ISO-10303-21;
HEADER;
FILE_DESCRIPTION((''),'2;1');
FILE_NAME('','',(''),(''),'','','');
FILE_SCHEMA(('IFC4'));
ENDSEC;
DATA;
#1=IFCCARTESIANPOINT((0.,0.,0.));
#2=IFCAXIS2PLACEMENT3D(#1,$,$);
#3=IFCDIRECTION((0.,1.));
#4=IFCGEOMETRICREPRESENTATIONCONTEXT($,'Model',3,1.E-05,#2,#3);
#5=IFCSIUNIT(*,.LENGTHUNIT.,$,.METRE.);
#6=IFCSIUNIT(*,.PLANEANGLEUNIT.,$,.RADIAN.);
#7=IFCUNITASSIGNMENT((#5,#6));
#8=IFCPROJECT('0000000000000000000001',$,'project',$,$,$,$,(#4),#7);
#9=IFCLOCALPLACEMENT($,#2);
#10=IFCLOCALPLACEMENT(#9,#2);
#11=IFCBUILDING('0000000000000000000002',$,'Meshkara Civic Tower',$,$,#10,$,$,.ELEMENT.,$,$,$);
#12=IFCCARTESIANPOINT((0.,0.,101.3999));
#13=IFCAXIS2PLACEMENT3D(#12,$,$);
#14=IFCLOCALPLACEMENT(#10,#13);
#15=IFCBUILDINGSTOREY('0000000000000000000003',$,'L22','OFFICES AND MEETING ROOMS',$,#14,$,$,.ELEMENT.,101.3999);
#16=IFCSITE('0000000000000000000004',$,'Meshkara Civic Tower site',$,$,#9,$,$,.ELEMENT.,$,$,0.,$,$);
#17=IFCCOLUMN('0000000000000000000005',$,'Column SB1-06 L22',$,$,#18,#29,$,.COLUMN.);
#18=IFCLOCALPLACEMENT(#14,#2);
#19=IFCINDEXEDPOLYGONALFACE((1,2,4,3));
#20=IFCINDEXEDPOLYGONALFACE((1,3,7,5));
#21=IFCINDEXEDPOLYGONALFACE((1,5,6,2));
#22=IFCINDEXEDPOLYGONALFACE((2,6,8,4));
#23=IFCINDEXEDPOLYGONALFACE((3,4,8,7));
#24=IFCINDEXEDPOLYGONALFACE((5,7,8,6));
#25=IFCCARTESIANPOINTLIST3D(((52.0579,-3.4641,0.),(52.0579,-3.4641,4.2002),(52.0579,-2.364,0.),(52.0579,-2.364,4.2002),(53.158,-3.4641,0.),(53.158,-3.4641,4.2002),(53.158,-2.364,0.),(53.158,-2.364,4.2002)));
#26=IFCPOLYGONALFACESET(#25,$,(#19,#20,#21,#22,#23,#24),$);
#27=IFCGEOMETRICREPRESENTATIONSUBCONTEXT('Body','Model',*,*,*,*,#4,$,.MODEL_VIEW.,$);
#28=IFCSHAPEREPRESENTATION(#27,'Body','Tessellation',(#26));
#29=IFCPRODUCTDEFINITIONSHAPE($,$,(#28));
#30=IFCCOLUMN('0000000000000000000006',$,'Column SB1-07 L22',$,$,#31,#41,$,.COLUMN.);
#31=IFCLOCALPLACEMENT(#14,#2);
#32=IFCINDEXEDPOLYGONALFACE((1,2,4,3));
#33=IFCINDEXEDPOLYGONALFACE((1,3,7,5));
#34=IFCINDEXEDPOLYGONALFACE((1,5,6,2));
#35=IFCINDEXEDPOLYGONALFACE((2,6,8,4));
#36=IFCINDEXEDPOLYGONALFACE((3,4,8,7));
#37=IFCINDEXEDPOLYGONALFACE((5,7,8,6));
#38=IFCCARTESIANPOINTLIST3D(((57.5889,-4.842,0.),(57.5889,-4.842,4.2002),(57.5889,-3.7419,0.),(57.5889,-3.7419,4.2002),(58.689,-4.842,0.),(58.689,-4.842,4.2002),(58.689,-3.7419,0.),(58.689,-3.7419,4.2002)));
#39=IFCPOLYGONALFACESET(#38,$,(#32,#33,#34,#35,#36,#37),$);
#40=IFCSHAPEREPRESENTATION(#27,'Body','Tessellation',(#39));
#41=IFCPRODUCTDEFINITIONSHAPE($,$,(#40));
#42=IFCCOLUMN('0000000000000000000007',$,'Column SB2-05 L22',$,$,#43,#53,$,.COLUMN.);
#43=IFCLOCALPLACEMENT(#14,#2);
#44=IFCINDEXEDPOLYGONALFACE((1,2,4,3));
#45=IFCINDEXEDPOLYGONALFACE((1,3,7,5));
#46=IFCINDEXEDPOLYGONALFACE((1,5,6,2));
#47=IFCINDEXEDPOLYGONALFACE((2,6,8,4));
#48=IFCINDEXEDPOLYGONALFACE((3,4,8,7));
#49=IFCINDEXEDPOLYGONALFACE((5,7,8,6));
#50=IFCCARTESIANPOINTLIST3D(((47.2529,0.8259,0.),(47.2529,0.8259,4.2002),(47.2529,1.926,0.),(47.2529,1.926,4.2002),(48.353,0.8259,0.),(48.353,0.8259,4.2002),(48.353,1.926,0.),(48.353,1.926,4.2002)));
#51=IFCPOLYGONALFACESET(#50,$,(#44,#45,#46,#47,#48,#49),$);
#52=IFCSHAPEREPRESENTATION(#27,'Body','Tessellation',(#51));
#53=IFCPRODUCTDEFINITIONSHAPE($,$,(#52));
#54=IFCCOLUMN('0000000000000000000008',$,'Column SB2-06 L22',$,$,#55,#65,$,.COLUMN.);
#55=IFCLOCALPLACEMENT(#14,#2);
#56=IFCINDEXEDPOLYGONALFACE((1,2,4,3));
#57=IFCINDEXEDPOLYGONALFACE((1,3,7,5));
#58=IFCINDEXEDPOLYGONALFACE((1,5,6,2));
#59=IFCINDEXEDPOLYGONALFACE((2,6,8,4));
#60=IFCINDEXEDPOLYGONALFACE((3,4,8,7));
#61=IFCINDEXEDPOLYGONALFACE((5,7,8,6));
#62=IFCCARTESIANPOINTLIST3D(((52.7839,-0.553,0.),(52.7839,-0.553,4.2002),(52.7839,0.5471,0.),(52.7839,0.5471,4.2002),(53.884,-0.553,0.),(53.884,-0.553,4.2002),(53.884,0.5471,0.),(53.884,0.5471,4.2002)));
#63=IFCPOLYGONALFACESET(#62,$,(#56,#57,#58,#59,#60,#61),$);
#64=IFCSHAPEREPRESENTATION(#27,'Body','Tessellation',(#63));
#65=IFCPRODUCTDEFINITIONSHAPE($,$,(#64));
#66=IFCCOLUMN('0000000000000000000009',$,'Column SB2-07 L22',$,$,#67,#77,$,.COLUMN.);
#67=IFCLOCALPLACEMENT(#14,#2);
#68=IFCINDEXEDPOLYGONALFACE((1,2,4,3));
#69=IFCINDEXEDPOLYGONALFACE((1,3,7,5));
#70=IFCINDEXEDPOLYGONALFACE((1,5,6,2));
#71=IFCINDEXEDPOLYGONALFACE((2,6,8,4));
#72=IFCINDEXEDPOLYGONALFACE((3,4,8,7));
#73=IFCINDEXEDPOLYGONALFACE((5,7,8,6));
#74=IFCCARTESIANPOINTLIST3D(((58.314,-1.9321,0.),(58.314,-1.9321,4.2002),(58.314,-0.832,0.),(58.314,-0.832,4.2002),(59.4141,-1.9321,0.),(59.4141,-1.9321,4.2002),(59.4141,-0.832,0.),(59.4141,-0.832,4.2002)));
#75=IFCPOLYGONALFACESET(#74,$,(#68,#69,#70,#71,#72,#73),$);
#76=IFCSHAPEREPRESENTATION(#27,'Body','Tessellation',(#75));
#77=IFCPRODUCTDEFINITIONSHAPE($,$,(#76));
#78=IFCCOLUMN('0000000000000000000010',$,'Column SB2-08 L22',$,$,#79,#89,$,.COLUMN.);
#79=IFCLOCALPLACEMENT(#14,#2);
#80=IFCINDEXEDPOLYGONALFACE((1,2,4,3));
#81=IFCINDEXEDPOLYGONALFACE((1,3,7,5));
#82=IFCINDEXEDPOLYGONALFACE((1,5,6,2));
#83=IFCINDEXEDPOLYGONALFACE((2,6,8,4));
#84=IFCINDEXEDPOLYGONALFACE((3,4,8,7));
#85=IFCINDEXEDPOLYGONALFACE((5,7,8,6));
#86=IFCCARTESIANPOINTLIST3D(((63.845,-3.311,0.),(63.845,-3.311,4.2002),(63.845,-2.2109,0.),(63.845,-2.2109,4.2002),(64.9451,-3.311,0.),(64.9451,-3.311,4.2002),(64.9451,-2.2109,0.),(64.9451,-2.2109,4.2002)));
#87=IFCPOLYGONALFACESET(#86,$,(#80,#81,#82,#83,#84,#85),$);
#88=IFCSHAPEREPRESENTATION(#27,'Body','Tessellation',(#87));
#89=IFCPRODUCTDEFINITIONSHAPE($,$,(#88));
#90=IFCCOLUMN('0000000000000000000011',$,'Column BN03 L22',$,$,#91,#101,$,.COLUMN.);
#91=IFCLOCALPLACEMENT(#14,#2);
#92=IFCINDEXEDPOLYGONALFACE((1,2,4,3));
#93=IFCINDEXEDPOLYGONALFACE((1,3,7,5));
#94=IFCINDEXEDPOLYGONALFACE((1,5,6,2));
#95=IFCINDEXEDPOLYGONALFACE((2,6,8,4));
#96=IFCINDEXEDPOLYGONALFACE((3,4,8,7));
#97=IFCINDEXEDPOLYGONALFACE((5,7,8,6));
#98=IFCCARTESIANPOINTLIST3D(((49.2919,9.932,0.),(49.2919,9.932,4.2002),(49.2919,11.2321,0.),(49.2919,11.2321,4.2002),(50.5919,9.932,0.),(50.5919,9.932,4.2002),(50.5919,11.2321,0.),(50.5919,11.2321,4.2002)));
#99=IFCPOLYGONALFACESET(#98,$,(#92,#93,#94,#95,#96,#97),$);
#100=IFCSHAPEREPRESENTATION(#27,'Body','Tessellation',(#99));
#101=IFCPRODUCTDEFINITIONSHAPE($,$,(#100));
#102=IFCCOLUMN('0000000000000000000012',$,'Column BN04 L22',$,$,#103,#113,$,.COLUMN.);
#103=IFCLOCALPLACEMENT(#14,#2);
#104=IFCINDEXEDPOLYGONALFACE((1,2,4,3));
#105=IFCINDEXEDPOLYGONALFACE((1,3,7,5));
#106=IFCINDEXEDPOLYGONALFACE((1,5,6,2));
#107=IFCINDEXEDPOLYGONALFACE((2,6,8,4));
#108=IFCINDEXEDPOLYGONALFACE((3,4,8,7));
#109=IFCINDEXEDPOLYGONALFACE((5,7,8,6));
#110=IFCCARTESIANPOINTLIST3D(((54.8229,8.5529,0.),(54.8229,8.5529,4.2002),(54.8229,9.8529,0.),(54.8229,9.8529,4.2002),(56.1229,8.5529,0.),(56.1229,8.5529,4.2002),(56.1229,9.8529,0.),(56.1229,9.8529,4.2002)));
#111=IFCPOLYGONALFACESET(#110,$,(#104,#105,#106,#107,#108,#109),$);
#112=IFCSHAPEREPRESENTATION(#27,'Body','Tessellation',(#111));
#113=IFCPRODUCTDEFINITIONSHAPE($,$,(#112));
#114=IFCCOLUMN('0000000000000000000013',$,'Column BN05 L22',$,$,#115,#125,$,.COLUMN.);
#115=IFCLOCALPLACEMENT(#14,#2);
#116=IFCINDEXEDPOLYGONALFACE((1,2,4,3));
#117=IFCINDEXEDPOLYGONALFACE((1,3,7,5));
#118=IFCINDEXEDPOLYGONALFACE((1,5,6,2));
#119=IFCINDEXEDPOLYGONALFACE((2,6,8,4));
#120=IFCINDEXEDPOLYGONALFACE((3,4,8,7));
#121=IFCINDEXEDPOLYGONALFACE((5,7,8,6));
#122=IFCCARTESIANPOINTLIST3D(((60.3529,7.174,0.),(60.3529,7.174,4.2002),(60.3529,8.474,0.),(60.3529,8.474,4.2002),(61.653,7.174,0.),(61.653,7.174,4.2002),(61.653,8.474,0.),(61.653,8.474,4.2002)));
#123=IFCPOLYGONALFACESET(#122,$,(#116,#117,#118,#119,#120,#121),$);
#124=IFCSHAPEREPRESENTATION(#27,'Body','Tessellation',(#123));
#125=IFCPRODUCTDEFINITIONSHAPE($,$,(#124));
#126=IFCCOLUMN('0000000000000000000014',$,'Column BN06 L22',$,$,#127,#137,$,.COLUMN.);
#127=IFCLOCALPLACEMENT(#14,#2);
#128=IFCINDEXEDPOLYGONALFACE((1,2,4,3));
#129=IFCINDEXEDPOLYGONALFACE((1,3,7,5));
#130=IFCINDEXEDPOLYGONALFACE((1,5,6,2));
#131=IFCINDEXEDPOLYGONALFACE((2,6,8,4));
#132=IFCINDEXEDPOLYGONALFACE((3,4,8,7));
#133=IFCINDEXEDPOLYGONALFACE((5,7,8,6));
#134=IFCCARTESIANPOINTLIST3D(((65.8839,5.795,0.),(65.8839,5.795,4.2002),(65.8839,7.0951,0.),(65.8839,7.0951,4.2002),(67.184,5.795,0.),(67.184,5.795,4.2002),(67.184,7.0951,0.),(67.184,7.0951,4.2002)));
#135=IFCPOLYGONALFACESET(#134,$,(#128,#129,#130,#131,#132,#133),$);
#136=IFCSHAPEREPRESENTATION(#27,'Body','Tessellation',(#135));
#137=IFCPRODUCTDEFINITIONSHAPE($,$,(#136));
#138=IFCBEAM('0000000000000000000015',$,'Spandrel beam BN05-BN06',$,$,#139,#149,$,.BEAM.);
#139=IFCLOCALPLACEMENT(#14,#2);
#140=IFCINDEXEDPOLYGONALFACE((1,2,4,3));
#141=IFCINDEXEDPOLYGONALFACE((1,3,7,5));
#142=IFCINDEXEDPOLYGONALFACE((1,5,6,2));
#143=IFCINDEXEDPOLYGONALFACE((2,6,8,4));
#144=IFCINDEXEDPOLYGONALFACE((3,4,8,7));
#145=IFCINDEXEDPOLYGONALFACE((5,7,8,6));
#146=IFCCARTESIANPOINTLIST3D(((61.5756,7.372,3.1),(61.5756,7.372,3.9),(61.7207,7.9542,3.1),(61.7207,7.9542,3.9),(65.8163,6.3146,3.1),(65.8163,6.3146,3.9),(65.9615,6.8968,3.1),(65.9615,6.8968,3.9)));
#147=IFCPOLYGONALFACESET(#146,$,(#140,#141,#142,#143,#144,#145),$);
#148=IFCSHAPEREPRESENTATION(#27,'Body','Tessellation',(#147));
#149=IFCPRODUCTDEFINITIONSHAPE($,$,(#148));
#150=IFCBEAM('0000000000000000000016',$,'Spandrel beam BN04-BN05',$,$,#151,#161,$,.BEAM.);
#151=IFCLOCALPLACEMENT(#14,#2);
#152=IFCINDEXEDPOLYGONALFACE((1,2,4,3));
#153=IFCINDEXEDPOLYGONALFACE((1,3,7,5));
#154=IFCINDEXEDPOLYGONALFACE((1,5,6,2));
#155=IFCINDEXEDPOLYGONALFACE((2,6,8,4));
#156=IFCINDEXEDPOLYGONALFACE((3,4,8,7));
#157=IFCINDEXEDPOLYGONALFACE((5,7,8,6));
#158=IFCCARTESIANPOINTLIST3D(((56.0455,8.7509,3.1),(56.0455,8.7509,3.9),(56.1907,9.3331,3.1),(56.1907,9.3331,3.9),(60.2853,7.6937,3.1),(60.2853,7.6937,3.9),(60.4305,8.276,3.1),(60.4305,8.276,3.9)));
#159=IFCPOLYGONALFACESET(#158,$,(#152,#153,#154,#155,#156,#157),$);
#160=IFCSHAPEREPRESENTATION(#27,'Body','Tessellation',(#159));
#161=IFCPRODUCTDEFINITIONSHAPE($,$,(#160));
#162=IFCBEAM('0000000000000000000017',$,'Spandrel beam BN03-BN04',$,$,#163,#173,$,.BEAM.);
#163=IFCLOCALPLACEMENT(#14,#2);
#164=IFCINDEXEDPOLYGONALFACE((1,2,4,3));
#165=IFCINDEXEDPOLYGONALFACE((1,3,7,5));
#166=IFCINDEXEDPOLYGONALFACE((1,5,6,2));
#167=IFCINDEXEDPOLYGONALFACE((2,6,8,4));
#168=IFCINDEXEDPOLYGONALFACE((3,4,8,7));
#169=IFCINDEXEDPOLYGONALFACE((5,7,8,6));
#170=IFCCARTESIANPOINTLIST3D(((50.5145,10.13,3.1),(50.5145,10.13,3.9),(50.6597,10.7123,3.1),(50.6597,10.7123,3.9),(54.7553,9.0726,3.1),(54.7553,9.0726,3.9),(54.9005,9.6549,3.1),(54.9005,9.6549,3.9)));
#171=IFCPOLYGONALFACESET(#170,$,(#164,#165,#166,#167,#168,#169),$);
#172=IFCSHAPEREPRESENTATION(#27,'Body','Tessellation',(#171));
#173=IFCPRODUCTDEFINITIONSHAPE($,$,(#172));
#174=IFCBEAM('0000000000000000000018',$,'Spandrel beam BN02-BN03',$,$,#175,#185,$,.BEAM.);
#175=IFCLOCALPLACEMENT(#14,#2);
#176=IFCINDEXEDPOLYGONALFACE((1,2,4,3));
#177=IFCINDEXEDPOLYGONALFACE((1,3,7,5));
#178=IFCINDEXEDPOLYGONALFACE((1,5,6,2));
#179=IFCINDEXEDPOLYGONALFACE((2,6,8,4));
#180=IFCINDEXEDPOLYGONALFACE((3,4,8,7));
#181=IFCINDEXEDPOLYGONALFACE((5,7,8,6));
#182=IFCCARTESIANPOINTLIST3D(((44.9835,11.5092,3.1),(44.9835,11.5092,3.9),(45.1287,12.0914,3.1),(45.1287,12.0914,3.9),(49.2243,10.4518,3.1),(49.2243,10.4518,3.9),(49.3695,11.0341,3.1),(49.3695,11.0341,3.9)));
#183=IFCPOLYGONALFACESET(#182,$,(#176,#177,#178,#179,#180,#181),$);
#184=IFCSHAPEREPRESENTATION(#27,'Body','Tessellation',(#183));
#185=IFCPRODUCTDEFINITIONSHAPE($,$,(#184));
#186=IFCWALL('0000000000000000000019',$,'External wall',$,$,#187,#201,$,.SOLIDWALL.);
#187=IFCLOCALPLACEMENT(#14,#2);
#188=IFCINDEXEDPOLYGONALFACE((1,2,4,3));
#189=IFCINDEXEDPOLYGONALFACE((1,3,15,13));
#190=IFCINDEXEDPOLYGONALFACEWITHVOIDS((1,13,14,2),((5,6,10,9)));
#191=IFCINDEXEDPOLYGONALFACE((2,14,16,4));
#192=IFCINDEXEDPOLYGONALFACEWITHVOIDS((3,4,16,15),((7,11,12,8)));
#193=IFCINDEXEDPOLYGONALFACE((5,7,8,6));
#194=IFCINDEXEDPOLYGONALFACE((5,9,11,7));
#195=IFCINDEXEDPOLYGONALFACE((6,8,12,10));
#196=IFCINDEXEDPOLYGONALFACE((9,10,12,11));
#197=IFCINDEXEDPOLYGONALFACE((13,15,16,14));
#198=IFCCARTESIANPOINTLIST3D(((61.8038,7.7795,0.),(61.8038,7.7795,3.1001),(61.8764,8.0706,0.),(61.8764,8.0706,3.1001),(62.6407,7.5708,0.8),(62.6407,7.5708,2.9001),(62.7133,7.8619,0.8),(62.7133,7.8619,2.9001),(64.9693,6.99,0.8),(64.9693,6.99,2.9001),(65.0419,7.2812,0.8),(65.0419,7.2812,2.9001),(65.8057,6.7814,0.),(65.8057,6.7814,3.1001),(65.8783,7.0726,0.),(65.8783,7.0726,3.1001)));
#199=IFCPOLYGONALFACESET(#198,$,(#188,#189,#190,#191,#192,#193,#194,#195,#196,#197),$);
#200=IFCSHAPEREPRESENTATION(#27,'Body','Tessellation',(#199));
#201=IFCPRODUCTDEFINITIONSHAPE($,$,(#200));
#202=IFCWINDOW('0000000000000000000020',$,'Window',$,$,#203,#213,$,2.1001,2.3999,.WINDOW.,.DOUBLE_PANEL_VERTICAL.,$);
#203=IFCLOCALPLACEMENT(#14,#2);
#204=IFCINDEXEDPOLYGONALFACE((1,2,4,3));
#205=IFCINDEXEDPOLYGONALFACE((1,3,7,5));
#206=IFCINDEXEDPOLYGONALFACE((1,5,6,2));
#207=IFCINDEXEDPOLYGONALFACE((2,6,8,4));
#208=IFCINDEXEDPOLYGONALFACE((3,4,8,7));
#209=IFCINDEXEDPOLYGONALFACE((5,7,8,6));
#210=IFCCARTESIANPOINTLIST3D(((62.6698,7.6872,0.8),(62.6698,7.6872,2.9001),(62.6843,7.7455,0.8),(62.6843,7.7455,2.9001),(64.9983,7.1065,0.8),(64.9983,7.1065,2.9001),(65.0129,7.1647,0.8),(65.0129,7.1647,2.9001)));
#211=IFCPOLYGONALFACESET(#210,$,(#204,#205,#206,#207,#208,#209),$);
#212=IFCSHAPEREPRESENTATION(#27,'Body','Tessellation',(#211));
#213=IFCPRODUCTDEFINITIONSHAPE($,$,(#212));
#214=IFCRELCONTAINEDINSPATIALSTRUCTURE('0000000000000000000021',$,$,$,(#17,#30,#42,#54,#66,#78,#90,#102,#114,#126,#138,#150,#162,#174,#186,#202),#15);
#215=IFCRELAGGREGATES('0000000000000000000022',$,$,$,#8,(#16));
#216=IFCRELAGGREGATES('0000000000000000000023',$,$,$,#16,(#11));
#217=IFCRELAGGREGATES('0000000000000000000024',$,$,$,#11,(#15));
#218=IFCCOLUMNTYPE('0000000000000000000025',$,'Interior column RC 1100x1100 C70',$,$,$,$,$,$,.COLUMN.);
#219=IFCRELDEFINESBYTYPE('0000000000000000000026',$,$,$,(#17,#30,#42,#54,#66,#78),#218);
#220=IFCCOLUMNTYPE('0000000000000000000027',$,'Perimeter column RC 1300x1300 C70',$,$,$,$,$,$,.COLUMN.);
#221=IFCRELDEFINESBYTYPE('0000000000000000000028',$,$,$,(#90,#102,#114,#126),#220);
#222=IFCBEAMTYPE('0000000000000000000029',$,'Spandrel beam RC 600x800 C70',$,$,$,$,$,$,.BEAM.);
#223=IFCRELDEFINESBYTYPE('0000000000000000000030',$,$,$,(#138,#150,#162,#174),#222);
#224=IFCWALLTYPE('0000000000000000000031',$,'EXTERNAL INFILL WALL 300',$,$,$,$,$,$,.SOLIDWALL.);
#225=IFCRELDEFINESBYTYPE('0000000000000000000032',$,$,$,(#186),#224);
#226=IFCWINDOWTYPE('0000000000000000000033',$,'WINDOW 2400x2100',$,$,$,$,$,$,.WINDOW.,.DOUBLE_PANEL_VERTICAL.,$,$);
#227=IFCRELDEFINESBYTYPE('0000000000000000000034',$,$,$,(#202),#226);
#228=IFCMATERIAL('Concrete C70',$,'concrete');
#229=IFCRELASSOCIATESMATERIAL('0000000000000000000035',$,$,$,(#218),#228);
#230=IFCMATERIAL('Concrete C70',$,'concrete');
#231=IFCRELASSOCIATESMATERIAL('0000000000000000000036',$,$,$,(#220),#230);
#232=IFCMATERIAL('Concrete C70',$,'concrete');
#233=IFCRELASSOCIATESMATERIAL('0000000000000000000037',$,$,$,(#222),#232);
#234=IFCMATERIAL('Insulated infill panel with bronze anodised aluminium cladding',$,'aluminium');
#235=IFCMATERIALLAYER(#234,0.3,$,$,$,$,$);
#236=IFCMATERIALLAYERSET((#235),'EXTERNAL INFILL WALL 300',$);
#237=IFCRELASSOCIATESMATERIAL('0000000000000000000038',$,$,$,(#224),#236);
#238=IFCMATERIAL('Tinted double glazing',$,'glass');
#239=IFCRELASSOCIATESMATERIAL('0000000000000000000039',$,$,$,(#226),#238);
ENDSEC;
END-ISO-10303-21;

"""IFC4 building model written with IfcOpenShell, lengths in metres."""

from ifc_helpers import new_model, si_unit, direction, frame, frame_2d, origin, origin_2d, place, context, subcontext, project, spatial, rectangle, extrude, material, layer, layer_set, material_profile, profile_set, type_object, element, fill, save


model = new_model("IFC4")

# Units and contexts
model_context = context("Model", 3, precision=1e-05, world=origin(), true_north=direction((0.0, 1.0)))
body_context = subcontext(model_context, "Body", "Model", "MODEL_VIEW")
ifc_project = project(units=[si_unit("LENGTHUNIT", "METRE"), si_unit("PLANEANGLEUNIT", "RADIAN")], contexts=[model_context])

# Site, building, storey
site_placement = place(None, origin())
site = spatial("IfcSite", under=ifc_project, at=site_placement, Name="Meshkara Civic Tower site", CompositionType="ELEMENT", RefElevation=0.0)
building_placement = place(site_placement, origin())
building = spatial("IfcBuilding", under=site, at=building_placement, Name="Meshkara Civic Tower", CompositionType="ELEMENT")
storey_placement = place(building_placement, frame((0.0, 0.0, 101.3999)))
storey = spatial("IfcBuildingStorey", under=building, at=storey_placement, Name="L22", Description="OFFICES AND MEETING ROOMS", CompositionType="ELEMENT", Elevation=101.3999)

# Columns
ifc_material_1 = material(Name="Concrete C70", Category="concrete")
ifc_material_profile_1 = material_profile(ifc_material_1, rectangle(XDim=1.1001, YDim=1.1001, at=origin_2d()))
ifc_profile_set_1 = profile_set([ifc_material_profile_1], Name="Concrete C70")
column_type_1 = type_object("IfcColumnType", Name="Interior column RC 1100x1100 C70", PredefinedType="COLUMN", material=ifc_profile_set_1)
for number, where, z_axis, x_axis, name in (
    (1, (52.6079, -2.9141, 0.0), (0.0, 0.0, 1.0), (1.0, 0.0, 0.0), "Column SB1-06 L22"),
    (2, (58.1389, -4.292, 0.0), (0.0, 0.0, 1.0), (1.0, 0.0, 0.0), "Column SB1-07 L22"),
    (3, (47.803, 1.376, 0.0), (0.0, 0.0, 1.0), (1.0, 0.0, 0.0), "Column SB2-05 L22"),
    (4, (53.334, -0.0029, 0.0), (0.0, 0.0, 1.0), (1.0, 0.0, 0.0), "Column SB2-06 L22"),
    (5, (58.864, -1.3821, 0.0), (0.0, 0.0, 1.0), (1.0, 0.0, 0.0), "Column SB2-07 L22"),
    (6, (64.395, -2.761, 0.0), (0.0, 0.0, 1.0), (1.0, 0.0, 0.0), "Column SB2-08 L22"),
):
    element("IfcColumn", number, at=place(storey_placement, frame(where, z_axis=z_axis, x_axis=x_axis)), inside=storey, type_object=column_type_1, Name=name, PredefinedType="COLUMN", context=body_context, shape_type="SweptSolid", body=[
        extrude(rectangle(XDim=1.1001, YDim=1.1001, at=origin_2d()), origin(), (0.0, 0.0, 1.0), 4.2002),
    ])
ifc_material_2 = material(Name="Concrete C70", Category="concrete")
ifc_material_profile_2 = material_profile(ifc_material_2, rectangle(XDim=1.3, YDim=1.3, at=origin_2d()))
ifc_profile_set_2 = profile_set([ifc_material_profile_2], Name="Concrete C70")
column_type_2 = type_object("IfcColumnType", Name="Perimeter column RC 1300x1300 C70", PredefinedType="COLUMN", material=ifc_profile_set_2)
for number, where, z_axis, x_axis, name in (
    (7, (49.9419, 10.582, 0.0), (0.0, 0.0, 1.0), (1.0, 0.0, 0.0), "Column BN03 L22"),
    (8, (55.4729, 9.2029, 0.0), (0.0, 0.0, 1.0), (1.0, 0.0, 0.0), "Column BN04 L22"),
    (9, (61.0029, 7.824, 0.0), (0.0, 0.0, 1.0), (1.0, 0.0, 0.0), "Column BN05 L22"),
    (10, (66.5339, 6.4451, 0.0), (0.0, 0.0, 1.0), (1.0, 0.0, 0.0), "Column BN06 L22"),
):
    element("IfcColumn", number, at=place(storey_placement, frame(where, z_axis=z_axis, x_axis=x_axis)), inside=storey, type_object=column_type_2, Name=name, PredefinedType="COLUMN", context=body_context, shape_type="SweptSolid", body=[
        extrude(rectangle(XDim=1.3, YDim=1.3, at=origin_2d()), origin(), (0.0, 0.0, 1.0), 4.2002),
    ])

# Beams
ifc_material_3 = material(Name="Concrete C70", Category="concrete")
ifc_material_profile_3 = material_profile(ifc_material_3, rectangle(XDim=0.6001, YDim=0.8, at=origin_2d()))
ifc_profile_set_3 = profile_set([ifc_material_profile_3], Name="Concrete C70")
beam_type = type_object("IfcBeamType", Name="Spandrel beam RC 600x800 C70", PredefinedType="BEAM", material=ifc_profile_set_3)
beam_1_placement = place(storey_placement, frame((65.8889, 6.6057, 3.5), z_axis=(-0.970293, 0.241931, 0.0), x_axis=(-0.241931, -0.970293, 0.0)))
element("IfcBeam", 11, at=beam_1_placement, inside=storey, type_object=beam_type, Name="Spandrel beam BN05-BN06", PredefinedType="BEAM", context=body_context, shape_type="SweptSolid", body=[
    extrude(rectangle(XDim=0.6001, YDim=0.8, at=origin_2d()), origin(), (0.0, 0.0, 1.0), 4.3706),
])
beam_2_placement = place(storey_placement, frame((60.3579, 7.9849, 3.5), z_axis=(-0.970293, 0.241931, 0.0), x_axis=(-0.241931, -0.970293, 0.0)))
element("IfcBeam", 12, at=beam_2_placement, inside=storey, type_object=beam_type, Name="Spandrel beam BN04-BN05", PredefinedType="BEAM", context=body_context, shape_type="SweptSolid", body=[
    extrude(rectangle(XDim=0.6001, YDim=0.8, at=origin_2d()), origin(), (0.0, 0.0, 1.0), 4.3696),
])
for number, where, z_axis, x_axis, name in (
    (13, (54.8279, 9.3638, 3.5), (-0.970293, 0.241931, 0.0), (-0.241931, -0.970293, 0.0), "Spandrel beam BN03-BN04"),
    (14, (49.2969, 10.7429, 3.5), (-0.970293, 0.241931, 0.0), (-0.241931, -0.970293, 0.0), "Spandrel beam BN02-BN03"),
):
    element("IfcBeam", number, at=place(storey_placement, frame(where, z_axis=z_axis, x_axis=x_axis)), inside=storey, type_object=beam_type, Name=name, PredefinedType="BEAM", context=body_context, shape_type="SweptSolid", body=[
        extrude(rectangle(XDim=0.6001, YDim=0.8, at=origin_2d()), origin(), (0.0, 0.0, 1.0), 4.3706),
    ])

# Wall, opening, window
ifc_material_4 = material(Name="Insulated infill panel with bronze anodised aluminium cladding", Category="aluminium")
ifc_layer_1 = layer(ifc_material_4, 0.3)
ifc_layer_set_1 = layer_set([ifc_layer_1], Name="EXTERNAL INFILL WALL 300")
wall_type_1 = type_object("IfcWallType", Name="EXTERNAL INFILL WALL 300", PredefinedType="SOLIDWALL", material=ifc_layer_set_1)
wall_1_placement = place(storey_placement, frame((65.842, 6.927, 0.0), z_axis=(0.0, 0.0, 1.0), x_axis=(-0.970282, 0.241978, 0.0)))
wall_1 = element("IfcWall", 15, at=wall_1_placement, inside=storey, type_object=wall_type_1, Name="External wall", PredefinedType="SOLIDWALL", context=body_context, shape_type="SweptSolid", body=[
    extrude(rectangle(XDim=4.1245, YDim=0.3, at=frame_2d((2.0623, 0.0))), origin(), (0.0, 0.0, 1.0), 3.1001),
])
opening_1_placement = place(wall_1_placement, frame((0.8621, 0.0, 0.8)))
opening_1 = element("IfcOpeningElement", 16, at=opening_1_placement, cuts=wall_1, PredefinedType="OPENING", context=body_context, shape_type="SweptSolid", body=[
    extrude(rectangle(XDim=2.3999, YDim=2.1001, at=frame_2d((1.2, 1.05))), frame((0.0, 0.1599, 0.0), z_axis=(0.0, -1.0, 0.0), x_axis=(1.0, 0.0, 0.0)), (0.0, 0.0, 1.0), 0.3201),
])
ifc_material_5 = material(Name="Tinted double glazing", Category="glass")
window_type = type_object("IfcWindowType", Name="WINDOW 2400x2100", PartitioningType="DOUBLE_PANEL_VERTICAL", PredefinedType="WINDOW", material=ifc_material_5)
window_1_placement = place(opening_1_placement, origin())
window_1 = element("IfcWindow", 17, at=window_1_placement, inside=storey, type_object=window_type, Name="Window", OverallHeight=2.1001, OverallWidth=2.3999, PartitioningType="DOUBLE_PANEL_VERTICAL", PredefinedType="WINDOW", context=body_context, shape_type="SweptSolid", body=[
    extrude(rectangle(XDim=2.3999, YDim=2.1001, at=frame_2d((1.2, 1.05))), frame((0.0, 0.03, 0.0), z_axis=(0.0, -1.0, 0.0), x_axis=(1.0, 0.0, 0.0)), (0.0, 0.0, 1.0), 0.0601),
])
fill(opening_1, window_1)

save(model, "model.ifc")
